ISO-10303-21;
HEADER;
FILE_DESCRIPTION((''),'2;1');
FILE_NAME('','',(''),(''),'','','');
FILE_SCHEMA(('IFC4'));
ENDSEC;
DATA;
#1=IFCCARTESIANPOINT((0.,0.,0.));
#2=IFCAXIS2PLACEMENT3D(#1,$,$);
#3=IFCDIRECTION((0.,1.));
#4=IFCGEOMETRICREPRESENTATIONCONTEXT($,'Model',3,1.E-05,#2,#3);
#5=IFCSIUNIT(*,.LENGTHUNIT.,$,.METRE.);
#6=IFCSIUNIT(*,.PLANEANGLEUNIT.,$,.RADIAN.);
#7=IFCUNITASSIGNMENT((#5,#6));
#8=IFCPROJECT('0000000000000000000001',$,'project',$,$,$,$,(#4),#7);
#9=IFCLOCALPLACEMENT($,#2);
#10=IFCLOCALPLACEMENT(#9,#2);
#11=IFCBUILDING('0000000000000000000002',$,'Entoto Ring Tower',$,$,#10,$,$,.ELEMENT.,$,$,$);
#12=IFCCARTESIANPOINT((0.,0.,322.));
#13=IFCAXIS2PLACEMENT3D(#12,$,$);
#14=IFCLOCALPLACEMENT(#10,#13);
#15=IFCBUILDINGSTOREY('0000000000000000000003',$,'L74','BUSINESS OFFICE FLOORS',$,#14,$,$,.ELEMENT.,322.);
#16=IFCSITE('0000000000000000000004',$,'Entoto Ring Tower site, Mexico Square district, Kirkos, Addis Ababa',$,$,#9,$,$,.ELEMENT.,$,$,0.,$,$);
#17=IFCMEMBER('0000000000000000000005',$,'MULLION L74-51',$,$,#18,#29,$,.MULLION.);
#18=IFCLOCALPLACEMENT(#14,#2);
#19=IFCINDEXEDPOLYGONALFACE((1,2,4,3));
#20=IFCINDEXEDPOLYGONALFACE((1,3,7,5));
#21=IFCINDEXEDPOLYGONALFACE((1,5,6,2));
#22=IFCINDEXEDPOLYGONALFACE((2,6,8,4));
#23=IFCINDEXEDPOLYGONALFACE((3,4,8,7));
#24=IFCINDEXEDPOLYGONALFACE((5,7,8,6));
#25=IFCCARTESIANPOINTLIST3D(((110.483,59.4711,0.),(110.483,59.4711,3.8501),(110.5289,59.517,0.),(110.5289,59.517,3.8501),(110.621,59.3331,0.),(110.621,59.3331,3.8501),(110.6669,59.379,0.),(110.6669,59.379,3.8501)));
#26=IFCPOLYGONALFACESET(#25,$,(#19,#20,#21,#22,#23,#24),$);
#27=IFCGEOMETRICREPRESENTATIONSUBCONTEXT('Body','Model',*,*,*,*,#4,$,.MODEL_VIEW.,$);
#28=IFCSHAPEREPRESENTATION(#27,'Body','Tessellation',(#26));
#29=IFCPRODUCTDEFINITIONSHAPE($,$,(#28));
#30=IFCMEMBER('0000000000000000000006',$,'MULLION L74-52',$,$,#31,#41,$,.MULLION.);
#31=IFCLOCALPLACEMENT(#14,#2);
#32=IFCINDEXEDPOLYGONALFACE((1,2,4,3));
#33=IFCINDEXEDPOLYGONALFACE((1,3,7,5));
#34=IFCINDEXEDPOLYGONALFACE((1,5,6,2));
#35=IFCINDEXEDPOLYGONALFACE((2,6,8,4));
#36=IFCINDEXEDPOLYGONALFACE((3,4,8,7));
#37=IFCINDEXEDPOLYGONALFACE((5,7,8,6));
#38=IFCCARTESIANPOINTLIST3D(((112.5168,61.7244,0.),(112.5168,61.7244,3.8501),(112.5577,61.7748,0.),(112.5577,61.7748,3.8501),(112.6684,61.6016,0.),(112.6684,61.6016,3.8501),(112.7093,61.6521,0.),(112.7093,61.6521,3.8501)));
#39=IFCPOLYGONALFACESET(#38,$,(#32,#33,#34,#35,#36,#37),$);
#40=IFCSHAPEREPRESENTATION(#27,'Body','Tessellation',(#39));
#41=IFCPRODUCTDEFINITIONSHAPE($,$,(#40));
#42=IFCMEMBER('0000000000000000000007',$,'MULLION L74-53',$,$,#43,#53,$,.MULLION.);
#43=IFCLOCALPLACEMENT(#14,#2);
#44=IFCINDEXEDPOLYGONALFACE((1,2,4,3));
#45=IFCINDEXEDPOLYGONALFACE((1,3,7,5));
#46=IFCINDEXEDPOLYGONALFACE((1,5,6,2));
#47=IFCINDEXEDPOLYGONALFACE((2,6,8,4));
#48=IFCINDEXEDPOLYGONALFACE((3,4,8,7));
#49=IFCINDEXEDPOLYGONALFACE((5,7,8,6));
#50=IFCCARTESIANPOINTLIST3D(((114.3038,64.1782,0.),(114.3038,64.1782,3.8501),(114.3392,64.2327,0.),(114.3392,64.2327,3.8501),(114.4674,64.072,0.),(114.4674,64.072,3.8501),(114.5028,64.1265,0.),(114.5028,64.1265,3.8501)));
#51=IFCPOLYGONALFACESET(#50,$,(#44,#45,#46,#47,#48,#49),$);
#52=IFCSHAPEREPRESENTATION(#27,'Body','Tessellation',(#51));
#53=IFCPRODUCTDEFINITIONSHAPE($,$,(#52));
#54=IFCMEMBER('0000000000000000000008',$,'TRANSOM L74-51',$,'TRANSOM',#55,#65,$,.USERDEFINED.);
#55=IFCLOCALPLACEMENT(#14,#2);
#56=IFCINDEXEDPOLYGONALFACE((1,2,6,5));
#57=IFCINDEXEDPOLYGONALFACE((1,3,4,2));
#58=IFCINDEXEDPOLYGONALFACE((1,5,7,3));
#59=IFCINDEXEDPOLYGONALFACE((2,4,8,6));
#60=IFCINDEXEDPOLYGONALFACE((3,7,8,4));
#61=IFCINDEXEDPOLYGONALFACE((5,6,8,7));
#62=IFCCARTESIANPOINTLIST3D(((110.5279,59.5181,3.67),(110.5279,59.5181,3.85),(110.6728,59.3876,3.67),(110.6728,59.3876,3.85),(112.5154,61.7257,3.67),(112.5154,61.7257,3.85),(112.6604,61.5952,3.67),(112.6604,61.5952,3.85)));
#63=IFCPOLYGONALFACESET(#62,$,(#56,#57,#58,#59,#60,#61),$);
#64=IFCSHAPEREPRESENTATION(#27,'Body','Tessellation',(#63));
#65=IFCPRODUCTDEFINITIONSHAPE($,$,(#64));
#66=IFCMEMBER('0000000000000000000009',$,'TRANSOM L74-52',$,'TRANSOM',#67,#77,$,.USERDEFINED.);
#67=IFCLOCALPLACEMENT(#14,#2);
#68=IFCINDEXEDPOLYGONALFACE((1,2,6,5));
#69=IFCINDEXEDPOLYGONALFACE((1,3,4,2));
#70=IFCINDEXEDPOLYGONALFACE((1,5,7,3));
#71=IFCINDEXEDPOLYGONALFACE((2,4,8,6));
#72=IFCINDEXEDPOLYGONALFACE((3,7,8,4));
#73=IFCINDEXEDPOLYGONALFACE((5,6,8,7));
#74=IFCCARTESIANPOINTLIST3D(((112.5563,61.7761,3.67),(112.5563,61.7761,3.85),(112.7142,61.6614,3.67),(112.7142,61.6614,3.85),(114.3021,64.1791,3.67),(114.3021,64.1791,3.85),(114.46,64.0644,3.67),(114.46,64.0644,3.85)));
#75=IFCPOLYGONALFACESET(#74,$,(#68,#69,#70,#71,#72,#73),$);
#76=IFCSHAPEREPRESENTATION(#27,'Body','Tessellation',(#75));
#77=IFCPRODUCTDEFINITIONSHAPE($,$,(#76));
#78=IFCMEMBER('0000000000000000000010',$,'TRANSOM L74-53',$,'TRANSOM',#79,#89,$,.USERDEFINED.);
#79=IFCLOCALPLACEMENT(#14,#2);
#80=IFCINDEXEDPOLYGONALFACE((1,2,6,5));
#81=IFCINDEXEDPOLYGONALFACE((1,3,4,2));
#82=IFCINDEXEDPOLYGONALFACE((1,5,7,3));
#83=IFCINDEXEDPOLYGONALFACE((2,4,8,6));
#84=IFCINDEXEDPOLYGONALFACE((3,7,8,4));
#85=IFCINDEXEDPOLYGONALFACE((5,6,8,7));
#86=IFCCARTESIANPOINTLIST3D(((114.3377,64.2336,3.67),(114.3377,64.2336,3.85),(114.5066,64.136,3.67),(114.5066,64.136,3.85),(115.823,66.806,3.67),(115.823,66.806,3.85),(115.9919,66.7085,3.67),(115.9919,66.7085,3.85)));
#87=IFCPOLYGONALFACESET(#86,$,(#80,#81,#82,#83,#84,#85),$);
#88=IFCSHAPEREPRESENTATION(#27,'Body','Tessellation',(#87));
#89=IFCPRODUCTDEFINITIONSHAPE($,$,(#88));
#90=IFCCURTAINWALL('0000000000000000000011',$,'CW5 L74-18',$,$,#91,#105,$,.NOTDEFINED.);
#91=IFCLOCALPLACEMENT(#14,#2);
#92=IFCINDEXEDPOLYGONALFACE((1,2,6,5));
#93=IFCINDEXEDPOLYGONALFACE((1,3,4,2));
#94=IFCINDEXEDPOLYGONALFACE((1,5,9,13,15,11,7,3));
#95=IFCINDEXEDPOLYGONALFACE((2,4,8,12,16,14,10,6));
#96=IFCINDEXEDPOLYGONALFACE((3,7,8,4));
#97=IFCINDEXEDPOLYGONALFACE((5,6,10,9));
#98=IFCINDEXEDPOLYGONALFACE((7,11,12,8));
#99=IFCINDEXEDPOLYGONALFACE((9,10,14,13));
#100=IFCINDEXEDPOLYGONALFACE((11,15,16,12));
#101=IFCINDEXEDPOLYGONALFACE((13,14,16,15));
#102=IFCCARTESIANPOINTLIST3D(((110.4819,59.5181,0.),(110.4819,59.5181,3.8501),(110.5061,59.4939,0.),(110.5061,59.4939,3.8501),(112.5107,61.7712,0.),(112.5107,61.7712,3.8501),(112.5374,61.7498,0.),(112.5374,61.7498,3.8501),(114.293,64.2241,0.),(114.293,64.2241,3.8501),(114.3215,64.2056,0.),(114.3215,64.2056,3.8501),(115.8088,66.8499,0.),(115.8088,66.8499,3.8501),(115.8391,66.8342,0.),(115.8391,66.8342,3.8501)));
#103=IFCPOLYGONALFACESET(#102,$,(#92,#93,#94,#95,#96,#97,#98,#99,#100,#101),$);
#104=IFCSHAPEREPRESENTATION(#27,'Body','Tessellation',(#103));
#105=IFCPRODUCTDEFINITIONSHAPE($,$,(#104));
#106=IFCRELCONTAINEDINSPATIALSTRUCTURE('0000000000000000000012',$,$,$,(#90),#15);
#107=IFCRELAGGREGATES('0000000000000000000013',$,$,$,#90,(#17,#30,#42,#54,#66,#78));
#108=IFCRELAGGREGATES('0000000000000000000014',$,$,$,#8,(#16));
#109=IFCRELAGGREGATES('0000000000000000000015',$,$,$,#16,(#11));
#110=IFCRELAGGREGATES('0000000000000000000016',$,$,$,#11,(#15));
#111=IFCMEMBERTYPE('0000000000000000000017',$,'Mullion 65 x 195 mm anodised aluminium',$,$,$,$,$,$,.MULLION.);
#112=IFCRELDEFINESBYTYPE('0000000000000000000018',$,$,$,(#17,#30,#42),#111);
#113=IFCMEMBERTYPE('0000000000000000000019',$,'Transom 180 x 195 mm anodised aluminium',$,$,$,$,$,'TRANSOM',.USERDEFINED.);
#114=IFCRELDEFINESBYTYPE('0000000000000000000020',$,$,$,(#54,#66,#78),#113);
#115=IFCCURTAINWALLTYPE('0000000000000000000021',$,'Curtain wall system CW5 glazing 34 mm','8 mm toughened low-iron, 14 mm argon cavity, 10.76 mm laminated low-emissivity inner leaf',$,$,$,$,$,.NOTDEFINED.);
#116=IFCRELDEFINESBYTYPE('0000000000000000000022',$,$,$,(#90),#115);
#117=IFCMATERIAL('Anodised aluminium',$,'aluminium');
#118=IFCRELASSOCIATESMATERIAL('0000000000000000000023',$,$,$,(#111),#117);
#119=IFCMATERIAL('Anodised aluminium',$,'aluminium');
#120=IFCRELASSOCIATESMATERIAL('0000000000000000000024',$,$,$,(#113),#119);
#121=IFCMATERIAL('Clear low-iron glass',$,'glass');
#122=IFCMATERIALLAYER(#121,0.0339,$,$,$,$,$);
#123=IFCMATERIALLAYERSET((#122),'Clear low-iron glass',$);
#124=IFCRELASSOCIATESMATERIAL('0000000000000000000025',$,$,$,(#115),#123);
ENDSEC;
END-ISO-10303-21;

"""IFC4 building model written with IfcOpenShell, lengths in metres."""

from ifc_helpers import new_model, si_unit, direction, frame, origin, origin_2d, place, context, subcontext, project, spatial, polyline, rectangle, outline, extrude, material, layer, layer_set, material_profile, profile_set, type_object, element, aggregate, save


model = new_model("IFC4")

# Units and contexts
model_context = context("Model", 3, precision=1e-05, world=origin(), true_north=direction((0.0, 1.0)))
body_context = subcontext(model_context, "Body", "Model", "MODEL_VIEW")
ifc_project = project(units=[si_unit("LENGTHUNIT", "METRE"), si_unit("PLANEANGLEUNIT", "RADIAN")], contexts=[model_context])

# Members
ifc_material_1 = material(Name="Anodised aluminium", Category="aluminium")
ifc_material_profile_1 = material_profile(ifc_material_1, rectangle(XDim=0.0649, YDim=0.1951, at=origin_2d()), Name="Mullion 65 x 195 mm anodised aluminium")
ifc_profile_set_1 = profile_set([ifc_material_profile_1], Name="Anodised aluminium")
member_type_1 = type_object("IfcMemberType", Name="Mullion 65 x 195 mm anodised aluminium", PredefinedType="MULLION", material=ifc_profile_set_1)
site_placement = place(None, origin())
building_placement = place(site_placement, origin())
storey_placement = place(building_placement, frame((0.0, 0.0, 322.0)))
member_1_placement = place(storey_placement, frame((110.575, 59.425, 0.0), z_axis=(0.0, 0.0, 1.0), x_axis=(0.707107, 0.707107, 0.0)))
member_1 = element("IfcMember", 1, at=member_1_placement, type_object=member_type_1, Name="MULLION L74-51", PredefinedType="MULLION", context=body_context, shape_type="SweptSolid", body=[
    extrude(rectangle(XDim=0.0649, YDim=0.1951, at=origin_2d()), origin(), (0.0, 0.0, 1.0), 3.8501),
])
member_2_placement = place(storey_placement, frame((112.613, 61.6882, 0.0), z_axis=(0.0, 0.0, 1.0), x_axis=(0.62932, 0.777146, 0.0)))
member_2 = element("IfcMember", 2, at=member_2_placement, type_object=member_type_1, Name="MULLION L74-52", PredefinedType="MULLION", context=body_context, shape_type="SweptSolid", body=[
    extrude(rectangle(XDim=0.0649, YDim=0.1951, at=origin_2d()), origin(), (0.0, 0.0, 1.0), 3.8501),
])
member_3_placement = place(storey_placement, frame((114.4033, 64.1523, 0.0), z_axis=(0.0, 0.0, 1.0), x_axis=(0.544639, 0.838671, 0.0)))
member_3 = element("IfcMember", 3, at=member_3_placement, type_object=member_type_1, Name="MULLION L74-53", PredefinedType="MULLION", context=body_context, shape_type="SweptSolid", body=[
    extrude(rectangle(XDim=0.0649, YDim=0.1951, at=origin_2d()), origin(), (0.0, 0.0, 1.0), 3.8501),
])
ifc_material_2 = material(Name="Anodised aluminium", Category="aluminium")
ifc_material_profile_2 = material_profile(ifc_material_2, rectangle(XDim=0.1951, YDim=0.1799, at=origin_2d()), Name="Transom 180 x 195 mm anodised aluminium")
ifc_profile_set_2 = profile_set([ifc_material_profile_2], Name="Anodised aluminium")
member_type_2 = type_object("IfcMemberType", Name="Transom 180 x 195 mm anodised aluminium", ElementType="TRANSOM", PredefinedType="USERDEFINED", material=ifc_profile_set_2)
member_4_placement = place(storey_placement, frame((110.6003, 59.4529, 3.76), z_axis=(0.66911, 0.743163, 0.0), x_axis=(-0.743163, 0.66911, 0.0)))
member_4 = element("IfcMember", 4, at=member_4_placement, type_object=member_type_2, Name="TRANSOM L74-51", ObjectType="TRANSOM", PredefinedType="USERDEFINED", context=body_context, shape_type="SweptSolid", body=[
    extrude(rectangle(XDim=0.1951, YDim=0.1799, at=origin_2d()), origin(), (0.0, 0.0, 1.0), 2.9705),
])
member_5_placement = place(storey_placement, frame((112.6353, 61.7188, 3.76), z_axis=(0.587766, 0.809031, 0.0), x_axis=(-0.809031, 0.587766, 0.0)))
member_5 = element("IfcMember", 5, at=member_5_placement, type_object=member_type_2, Name="TRANSOM L74-52", ObjectType="TRANSOM", PredefinedType="USERDEFINED", context=body_context, shape_type="SweptSolid", body=[
    extrude(rectangle(XDim=0.1951, YDim=0.1799, at=origin_2d()), origin(), (0.0, 0.0, 1.0), 2.9702),
])
member_6_placement = place(storey_placement, frame((114.4221, 64.1848, 3.76), z_axis=(0.500028, 0.866009, 0.0), x_axis=(-0.866009, 0.500028, 0.0)))
member_6 = element("IfcMember", 6, at=member_6_placement, type_object=member_type_2, Name="TRANSOM L74-53", ObjectType="TRANSOM", PredefinedType="USERDEFINED", context=body_context, shape_type="SweptSolid", body=[
    extrude(rectangle(XDim=0.1951, YDim=0.1799, at=origin_2d()), origin(), (0.0, 0.0, 1.0), 2.9705),
])

# Site, building, storey
site = spatial("IfcSite", under=ifc_project, at=site_placement, Name="Entoto Ring Tower site, Mexico Square district, Kirkos, Addis Ababa", CompositionType="ELEMENT", RefElevation=0.0)
building = spatial("IfcBuilding", under=site, at=building_placement, Name="Entoto Ring Tower", CompositionType="ELEMENT")
storey = spatial("IfcBuildingStorey", under=building, at=storey_placement, Name="L74", Description="BUSINESS OFFICE FLOORS", CompositionType="ELEMENT", Elevation=322.0)

# Curtain wall
ifc_material_3 = material(Name="Clear low-iron glass", Category="glass")
ifc_layer_1 = layer(ifc_material_3, 0.0339)
ifc_layer_set_1 = layer_set([ifc_layer_1], Name="Clear low-iron glass")
curtain_wall_type = type_object("IfcCurtainWallType", Name="Curtain wall system CW5 glazing 34 mm", Description="8 mm toughened low-iron, 14 mm argon cavity, 10.76 mm laminated low-emissivity inner leaf", PredefinedType="NOTDEFINED", material=ifc_layer_set_1)
curtain_wall_1_placement = place(storey_placement, origin())
curtain_wall_1 = element("IfcCurtainWall", 7, at=curtain_wall_1_placement, inside=storey, type_object=curtain_wall_type, Name="CW5 L74-18", PredefinedType="NOTDEFINED", context=body_context, shape_type="SweptSolid", body=[
    extrude(outline(polyline([(110.5061, 59.4939), (112.5374, 61.7498), (114.3215, 64.2056), (115.8391, 66.8342), (115.8088, 66.8499), (114.293, 64.2241), (112.5107, 61.7712), (110.4819, 59.5181), (110.5061, 59.4939)])), origin(), (0.0, 0.0, 1.0), 3.8501),
])
aggregate(curtain_wall_1, [member_1, member_2, member_3, member_4, member_5, member_6])

save(model, "model.ifc")
